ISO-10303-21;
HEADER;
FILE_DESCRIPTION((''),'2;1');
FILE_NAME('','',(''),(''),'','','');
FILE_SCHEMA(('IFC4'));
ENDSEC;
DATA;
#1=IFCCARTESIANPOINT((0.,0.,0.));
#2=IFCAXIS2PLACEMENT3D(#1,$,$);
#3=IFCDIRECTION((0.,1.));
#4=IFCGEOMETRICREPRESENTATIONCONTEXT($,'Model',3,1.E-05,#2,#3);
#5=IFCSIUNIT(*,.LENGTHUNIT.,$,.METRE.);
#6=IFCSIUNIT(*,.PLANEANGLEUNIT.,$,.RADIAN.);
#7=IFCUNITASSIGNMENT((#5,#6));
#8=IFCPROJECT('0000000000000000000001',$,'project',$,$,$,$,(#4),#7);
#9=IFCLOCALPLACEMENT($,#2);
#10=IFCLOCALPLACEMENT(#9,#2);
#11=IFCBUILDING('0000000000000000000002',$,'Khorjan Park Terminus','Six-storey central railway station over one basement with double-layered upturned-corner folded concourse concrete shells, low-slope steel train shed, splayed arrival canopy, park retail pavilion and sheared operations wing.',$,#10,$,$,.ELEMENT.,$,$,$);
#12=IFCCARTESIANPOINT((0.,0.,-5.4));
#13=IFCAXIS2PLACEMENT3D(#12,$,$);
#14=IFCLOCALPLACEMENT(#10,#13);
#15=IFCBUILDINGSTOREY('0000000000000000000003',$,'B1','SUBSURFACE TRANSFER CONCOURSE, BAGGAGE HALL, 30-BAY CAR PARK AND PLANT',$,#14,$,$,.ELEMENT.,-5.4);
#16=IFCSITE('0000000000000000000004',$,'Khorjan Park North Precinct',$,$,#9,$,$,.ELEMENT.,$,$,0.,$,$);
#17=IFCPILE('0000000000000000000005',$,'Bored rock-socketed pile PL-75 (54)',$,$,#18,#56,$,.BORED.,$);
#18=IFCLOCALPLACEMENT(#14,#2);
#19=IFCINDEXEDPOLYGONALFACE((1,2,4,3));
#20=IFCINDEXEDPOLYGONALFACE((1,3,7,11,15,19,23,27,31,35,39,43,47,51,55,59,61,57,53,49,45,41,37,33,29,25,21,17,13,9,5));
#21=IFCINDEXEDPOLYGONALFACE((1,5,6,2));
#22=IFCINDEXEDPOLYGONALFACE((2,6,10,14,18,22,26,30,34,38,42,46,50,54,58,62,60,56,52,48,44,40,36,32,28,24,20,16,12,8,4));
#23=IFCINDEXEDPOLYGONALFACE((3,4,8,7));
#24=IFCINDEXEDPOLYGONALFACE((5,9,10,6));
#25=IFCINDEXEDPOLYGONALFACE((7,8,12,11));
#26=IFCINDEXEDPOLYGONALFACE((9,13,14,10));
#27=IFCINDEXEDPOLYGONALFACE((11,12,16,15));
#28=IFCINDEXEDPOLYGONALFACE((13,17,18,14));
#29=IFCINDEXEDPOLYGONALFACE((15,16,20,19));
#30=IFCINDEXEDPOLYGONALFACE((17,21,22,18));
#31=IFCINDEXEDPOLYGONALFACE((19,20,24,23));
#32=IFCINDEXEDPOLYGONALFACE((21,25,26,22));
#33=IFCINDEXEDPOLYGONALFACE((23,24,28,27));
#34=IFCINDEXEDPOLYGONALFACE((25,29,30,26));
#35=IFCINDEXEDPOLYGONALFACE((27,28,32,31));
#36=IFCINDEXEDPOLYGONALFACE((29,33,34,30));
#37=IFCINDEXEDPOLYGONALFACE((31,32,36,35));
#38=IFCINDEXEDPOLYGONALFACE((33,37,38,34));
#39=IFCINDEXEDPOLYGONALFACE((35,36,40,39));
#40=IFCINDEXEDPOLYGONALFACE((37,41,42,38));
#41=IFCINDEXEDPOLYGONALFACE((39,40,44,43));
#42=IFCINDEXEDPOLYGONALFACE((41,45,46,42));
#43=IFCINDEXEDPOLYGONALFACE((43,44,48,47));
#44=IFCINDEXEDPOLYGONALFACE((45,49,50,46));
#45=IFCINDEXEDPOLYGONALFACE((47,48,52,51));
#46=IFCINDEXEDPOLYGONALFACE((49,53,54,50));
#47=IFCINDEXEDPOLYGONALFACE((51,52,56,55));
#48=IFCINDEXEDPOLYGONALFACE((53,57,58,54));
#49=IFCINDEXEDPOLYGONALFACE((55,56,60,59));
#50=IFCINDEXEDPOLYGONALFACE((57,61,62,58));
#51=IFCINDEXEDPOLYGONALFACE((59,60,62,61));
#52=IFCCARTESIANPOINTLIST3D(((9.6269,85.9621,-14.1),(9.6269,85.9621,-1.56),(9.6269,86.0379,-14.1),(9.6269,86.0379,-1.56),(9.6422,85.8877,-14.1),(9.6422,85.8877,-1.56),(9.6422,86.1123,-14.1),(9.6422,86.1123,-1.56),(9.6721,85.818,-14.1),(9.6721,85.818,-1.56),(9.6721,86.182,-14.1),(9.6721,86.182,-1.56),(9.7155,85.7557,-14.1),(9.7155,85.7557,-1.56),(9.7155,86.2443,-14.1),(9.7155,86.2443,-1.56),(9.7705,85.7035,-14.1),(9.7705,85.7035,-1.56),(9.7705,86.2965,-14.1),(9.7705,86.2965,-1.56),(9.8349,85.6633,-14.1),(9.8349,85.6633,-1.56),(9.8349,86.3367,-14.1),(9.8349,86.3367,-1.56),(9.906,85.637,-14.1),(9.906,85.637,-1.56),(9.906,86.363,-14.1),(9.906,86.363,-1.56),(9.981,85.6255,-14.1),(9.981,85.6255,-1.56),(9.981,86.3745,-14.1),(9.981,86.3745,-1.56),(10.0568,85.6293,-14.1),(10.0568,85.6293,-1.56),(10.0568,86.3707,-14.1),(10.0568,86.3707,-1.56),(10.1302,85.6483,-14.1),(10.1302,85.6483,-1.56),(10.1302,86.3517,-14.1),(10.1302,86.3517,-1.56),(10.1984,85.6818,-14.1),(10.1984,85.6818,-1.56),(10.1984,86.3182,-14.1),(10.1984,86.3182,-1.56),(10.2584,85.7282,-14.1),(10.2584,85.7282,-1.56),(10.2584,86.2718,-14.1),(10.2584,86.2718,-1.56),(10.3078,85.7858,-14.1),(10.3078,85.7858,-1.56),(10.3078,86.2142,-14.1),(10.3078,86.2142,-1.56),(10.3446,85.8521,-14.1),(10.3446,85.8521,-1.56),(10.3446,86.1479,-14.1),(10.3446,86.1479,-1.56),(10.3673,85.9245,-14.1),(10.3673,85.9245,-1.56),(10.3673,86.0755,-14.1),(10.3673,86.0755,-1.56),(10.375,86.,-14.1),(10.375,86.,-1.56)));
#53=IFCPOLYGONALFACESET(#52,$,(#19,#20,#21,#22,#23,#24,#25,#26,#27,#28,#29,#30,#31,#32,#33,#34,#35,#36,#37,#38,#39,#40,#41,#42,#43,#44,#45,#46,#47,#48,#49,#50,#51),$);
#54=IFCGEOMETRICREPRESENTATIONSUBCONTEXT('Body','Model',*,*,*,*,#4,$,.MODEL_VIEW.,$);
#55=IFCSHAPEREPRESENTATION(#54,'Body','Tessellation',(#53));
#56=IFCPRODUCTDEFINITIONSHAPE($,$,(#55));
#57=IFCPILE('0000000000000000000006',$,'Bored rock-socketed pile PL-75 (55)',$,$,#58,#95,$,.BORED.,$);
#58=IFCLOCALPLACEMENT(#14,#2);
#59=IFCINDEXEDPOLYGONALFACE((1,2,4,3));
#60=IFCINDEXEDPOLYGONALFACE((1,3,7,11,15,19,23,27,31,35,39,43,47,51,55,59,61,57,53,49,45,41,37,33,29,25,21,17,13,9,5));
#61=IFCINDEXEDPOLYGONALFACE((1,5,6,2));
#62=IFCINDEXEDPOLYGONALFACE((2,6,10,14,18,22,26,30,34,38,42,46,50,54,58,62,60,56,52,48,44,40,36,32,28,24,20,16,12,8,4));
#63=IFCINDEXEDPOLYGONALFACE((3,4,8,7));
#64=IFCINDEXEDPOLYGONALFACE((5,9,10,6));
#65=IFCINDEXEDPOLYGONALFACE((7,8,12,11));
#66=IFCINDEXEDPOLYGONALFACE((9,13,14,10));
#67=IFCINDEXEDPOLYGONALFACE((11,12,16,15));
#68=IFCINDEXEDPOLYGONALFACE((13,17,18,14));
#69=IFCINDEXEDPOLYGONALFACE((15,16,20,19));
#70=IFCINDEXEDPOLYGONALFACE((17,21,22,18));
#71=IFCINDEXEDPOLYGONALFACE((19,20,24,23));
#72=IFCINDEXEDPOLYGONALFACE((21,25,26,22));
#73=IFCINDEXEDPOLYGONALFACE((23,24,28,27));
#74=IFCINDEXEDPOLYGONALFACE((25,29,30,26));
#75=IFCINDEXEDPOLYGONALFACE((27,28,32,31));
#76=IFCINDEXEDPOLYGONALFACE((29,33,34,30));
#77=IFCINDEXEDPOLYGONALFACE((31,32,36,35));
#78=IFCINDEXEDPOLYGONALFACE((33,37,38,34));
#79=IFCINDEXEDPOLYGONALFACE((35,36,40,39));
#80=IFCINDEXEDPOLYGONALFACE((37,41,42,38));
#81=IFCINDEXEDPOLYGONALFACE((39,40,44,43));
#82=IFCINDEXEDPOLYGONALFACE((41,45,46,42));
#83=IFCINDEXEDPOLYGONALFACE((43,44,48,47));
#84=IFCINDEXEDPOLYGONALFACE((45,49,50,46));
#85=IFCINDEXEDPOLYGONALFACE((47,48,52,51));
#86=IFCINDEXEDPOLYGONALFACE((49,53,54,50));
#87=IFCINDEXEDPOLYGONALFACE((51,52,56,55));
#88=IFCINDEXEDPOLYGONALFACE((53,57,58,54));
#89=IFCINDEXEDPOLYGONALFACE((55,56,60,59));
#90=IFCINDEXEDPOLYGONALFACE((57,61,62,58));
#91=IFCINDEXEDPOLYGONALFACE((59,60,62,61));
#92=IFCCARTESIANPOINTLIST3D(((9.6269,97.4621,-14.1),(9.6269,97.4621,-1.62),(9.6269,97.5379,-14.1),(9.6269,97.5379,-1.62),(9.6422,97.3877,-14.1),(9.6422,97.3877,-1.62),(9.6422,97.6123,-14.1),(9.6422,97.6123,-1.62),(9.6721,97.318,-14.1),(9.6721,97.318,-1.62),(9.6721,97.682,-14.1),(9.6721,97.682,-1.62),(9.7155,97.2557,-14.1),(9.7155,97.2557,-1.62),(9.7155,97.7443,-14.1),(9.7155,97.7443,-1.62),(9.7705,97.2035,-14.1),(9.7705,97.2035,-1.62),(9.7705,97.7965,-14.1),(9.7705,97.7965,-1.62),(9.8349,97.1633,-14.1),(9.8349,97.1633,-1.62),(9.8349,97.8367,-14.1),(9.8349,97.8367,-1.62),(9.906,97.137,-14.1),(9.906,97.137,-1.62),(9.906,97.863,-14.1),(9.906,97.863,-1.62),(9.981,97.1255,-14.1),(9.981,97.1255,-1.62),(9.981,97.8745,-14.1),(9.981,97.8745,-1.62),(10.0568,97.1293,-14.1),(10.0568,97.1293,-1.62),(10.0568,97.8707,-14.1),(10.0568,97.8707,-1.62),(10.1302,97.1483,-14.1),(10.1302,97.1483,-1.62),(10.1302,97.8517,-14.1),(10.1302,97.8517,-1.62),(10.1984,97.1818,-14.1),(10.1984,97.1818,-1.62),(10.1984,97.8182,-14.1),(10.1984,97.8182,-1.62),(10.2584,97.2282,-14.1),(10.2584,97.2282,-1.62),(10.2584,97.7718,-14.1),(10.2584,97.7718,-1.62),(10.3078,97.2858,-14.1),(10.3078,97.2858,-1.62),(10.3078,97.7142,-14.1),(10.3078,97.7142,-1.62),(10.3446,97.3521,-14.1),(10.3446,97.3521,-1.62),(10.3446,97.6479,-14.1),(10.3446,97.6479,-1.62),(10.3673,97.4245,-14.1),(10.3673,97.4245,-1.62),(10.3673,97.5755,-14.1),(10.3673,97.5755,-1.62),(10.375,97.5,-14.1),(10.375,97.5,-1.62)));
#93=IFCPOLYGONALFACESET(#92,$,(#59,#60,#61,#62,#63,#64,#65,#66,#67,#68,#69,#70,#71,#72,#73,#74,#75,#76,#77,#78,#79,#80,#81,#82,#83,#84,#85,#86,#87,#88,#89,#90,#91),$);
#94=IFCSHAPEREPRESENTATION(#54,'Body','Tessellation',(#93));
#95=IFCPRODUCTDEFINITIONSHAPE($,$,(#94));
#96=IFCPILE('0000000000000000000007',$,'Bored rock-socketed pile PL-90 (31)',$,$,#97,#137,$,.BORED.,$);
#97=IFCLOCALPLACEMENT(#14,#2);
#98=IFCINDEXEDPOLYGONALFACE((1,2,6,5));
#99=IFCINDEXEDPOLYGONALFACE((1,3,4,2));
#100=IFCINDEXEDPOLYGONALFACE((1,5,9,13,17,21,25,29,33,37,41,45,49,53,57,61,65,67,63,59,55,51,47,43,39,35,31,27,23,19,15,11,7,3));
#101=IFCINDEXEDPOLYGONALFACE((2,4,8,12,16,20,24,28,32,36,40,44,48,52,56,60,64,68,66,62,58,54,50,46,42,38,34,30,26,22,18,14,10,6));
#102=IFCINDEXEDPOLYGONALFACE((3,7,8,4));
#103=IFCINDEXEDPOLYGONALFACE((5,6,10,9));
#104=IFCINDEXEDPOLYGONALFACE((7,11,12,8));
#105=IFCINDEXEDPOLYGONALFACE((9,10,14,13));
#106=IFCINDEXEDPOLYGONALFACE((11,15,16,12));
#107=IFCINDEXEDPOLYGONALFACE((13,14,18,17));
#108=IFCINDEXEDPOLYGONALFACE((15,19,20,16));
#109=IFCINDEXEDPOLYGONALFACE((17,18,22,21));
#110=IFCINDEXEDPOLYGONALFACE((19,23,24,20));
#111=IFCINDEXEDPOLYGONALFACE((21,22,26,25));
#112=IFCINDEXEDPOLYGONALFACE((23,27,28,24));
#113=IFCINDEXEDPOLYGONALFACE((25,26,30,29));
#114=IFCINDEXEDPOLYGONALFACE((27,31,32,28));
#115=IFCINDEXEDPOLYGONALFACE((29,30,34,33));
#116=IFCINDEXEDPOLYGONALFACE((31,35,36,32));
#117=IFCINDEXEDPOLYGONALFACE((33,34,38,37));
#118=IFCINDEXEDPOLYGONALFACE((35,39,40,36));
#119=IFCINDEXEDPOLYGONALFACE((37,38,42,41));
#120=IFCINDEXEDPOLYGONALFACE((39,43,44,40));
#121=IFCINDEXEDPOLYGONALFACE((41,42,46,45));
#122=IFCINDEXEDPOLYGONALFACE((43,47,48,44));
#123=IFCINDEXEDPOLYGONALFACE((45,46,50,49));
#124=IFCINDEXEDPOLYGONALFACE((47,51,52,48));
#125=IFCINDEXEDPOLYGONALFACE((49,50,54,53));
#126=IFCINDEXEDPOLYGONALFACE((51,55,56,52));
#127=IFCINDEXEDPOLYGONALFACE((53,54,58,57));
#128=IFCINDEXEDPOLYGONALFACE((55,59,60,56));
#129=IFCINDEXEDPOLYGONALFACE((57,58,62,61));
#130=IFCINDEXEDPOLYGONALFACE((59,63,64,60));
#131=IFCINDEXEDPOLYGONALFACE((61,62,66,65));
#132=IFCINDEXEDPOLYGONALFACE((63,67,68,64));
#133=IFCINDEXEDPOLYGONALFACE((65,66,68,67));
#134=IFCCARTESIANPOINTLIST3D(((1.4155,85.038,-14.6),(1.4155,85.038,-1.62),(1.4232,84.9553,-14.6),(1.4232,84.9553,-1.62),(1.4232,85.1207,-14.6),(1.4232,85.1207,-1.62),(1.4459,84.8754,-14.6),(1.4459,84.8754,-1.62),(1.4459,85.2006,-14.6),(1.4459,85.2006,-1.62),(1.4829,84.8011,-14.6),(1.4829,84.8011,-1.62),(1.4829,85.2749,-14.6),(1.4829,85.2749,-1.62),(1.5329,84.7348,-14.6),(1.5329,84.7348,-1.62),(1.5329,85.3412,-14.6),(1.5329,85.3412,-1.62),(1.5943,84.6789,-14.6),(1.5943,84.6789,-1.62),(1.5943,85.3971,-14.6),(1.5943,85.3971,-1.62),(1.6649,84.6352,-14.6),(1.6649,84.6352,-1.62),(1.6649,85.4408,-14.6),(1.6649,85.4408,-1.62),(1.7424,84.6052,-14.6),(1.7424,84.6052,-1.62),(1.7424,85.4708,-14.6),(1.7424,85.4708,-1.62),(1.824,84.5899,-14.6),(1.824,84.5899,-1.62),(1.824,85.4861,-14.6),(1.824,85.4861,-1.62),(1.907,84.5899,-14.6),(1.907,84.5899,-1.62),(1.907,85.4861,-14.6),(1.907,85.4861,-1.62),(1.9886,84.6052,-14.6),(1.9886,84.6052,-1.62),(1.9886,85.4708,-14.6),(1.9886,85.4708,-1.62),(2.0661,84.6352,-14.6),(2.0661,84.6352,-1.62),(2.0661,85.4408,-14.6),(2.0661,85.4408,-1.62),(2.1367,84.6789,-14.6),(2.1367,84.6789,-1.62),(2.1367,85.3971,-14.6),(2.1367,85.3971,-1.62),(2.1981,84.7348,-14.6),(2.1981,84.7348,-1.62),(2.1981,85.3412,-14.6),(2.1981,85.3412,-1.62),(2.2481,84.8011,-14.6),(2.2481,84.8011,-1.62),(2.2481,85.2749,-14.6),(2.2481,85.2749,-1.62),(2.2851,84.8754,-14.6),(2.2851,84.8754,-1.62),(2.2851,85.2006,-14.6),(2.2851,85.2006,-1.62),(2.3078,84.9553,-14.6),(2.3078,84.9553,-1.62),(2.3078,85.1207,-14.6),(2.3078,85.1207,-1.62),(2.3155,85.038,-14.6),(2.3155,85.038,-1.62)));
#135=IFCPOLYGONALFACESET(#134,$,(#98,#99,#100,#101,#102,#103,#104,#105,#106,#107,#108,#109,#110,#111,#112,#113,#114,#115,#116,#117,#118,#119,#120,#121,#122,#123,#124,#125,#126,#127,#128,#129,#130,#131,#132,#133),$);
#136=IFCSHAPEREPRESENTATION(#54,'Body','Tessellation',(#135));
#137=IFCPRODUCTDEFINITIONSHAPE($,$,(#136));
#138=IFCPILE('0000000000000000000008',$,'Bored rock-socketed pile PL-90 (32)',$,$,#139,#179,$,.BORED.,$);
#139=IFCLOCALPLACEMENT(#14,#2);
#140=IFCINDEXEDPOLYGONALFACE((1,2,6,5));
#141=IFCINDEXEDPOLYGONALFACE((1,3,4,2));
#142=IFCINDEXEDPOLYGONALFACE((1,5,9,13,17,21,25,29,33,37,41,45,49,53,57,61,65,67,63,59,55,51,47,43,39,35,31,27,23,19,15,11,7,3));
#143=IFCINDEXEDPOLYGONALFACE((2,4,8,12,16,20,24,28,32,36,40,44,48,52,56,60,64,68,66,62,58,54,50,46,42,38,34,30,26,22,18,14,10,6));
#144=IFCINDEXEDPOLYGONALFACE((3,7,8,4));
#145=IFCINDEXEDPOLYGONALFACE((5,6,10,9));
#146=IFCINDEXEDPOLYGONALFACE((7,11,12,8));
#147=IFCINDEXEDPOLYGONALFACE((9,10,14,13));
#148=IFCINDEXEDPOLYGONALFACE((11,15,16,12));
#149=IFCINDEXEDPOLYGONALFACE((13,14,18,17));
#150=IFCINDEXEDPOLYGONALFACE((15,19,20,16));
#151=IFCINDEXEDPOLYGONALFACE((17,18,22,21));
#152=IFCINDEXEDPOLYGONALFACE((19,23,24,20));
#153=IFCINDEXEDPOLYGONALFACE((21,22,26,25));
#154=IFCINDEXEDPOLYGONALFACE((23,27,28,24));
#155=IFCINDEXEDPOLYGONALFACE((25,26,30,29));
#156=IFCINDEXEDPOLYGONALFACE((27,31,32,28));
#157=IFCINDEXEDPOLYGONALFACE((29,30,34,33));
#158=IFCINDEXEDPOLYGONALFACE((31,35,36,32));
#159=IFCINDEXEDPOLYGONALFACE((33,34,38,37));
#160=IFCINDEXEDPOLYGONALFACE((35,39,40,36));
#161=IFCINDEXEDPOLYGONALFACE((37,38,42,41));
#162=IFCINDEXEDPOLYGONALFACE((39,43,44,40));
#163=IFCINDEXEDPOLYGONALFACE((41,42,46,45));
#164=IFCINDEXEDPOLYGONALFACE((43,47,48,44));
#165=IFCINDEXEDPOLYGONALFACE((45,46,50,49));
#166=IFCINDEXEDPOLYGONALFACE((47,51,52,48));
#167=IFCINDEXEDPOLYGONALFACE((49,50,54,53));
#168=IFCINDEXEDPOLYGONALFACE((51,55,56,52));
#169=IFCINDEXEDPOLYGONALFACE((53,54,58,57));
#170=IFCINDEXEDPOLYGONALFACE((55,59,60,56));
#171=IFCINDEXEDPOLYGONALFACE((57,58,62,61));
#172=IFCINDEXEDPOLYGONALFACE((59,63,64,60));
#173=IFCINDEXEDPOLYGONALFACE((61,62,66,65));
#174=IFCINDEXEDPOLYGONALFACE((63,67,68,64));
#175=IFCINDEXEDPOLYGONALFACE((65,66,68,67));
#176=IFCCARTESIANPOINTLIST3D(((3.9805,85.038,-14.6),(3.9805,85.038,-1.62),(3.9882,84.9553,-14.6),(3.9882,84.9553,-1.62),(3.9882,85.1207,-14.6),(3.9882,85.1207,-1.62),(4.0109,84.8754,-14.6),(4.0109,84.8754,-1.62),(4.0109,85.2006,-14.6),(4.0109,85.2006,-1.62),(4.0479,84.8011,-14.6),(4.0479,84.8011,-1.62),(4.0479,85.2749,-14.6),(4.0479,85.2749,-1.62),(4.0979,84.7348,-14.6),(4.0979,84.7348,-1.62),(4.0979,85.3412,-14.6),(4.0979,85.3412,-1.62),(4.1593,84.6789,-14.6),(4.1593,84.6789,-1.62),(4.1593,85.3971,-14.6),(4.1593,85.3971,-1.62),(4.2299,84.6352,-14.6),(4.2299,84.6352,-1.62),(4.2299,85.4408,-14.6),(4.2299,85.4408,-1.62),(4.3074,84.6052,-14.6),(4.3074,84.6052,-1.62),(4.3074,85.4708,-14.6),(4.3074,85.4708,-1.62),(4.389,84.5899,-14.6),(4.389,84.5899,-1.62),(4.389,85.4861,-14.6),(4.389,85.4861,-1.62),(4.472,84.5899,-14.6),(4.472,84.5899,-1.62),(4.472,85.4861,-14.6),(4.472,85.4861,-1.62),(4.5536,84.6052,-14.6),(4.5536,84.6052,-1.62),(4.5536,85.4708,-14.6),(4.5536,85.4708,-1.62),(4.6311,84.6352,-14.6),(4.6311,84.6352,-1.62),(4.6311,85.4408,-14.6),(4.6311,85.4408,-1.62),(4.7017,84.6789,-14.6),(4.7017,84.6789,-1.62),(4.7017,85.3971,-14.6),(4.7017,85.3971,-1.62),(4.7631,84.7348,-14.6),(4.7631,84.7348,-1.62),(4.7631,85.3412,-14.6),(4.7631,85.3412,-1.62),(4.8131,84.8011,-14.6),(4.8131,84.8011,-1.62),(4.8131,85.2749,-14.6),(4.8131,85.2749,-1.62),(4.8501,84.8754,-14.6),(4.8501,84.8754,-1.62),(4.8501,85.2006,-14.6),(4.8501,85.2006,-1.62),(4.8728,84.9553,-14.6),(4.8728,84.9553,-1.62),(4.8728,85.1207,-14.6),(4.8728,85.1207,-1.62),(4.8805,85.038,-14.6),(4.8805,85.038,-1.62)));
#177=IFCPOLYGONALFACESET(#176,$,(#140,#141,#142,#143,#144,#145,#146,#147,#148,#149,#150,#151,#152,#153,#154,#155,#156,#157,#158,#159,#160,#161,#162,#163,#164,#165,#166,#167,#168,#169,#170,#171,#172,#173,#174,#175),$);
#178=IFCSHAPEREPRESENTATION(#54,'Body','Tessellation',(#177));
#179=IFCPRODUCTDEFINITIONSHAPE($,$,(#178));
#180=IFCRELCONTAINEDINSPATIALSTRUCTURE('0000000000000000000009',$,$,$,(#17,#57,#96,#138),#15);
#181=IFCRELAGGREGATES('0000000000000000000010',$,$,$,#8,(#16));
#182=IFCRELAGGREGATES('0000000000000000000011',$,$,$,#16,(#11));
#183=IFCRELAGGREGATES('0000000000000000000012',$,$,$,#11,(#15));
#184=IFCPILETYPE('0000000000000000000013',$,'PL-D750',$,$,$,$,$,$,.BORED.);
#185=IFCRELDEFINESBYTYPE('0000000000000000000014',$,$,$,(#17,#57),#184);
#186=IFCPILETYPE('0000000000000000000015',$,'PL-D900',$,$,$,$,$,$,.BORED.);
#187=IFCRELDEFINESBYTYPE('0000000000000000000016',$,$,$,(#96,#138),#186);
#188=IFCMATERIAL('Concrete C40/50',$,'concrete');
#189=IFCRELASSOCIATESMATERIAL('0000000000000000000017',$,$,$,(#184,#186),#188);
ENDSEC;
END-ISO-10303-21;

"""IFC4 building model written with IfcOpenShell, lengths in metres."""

from ifc_helpers import new_model, si_unit, direction, frame, origin, origin_2d, place, context, subcontext, project, spatial, circle, extrude, material, material_profile, profile_set, type_object, element, save


model = new_model("IFC4")

# Units and contexts
model_context = context("Model", 3, precision=1e-05, world=origin(), true_north=direction((0.0, 1.0)))
body_context = subcontext(model_context, "Body", "Model", "MODEL_VIEW")
ifc_project = project(units=[si_unit("LENGTHUNIT", "METRE"), si_unit("PLANEANGLEUNIT", "RADIAN")], contexts=[model_context])

# Site, building, storey
site_placement = place(None, origin())
site = spatial("IfcSite", under=ifc_project, at=site_placement, Name="Khorjan Park North Precinct", CompositionType="ELEMENT", RefElevation=0.0)
building_placement = place(site_placement, origin())
building = spatial("IfcBuilding", under=site, at=building_placement, Name="Khorjan Park Terminus", Description="Six-storey central railway station over one basement with double-layered upturned-corner folded concourse concrete shells, low-slope steel train shed, splayed arrival canopy, park retail pavilion and sheared operations wing.", CompositionType="ELEMENT")
storey_placement = place(building_placement, frame((0.0, 0.0, -5.4)))
storey = spatial("IfcBuildingStorey", under=building, at=storey_placement, Name="B1", Description="SUBSURFACE TRANSFER CONCOURSE, BAGGAGE HALL, 30-BAY CAR PARK AND PLANT", CompositionType="ELEMENT", Elevation=-5.4)

# Shared definitions
ifc_material_1 = material(Name="Concrete C40/50", Category="concrete")

# Piles
ifc_material_profile_1 = material_profile(ifc_material_1, circle(Radius=0.375, at=origin_2d()), Name="BORED D750")
ifc_profile_set_1 = profile_set([ifc_material_profile_1], Name="Concrete C40/50")
pile_type_1 = type_object("IfcPileType", Name="PL-D750", PredefinedType="BORED", material=ifc_profile_set_1)
pile_1_placement = place(storey_placement, frame((10.0, 86.0, -1.56), z_axis=(0.0, 0.0, -1.0), x_axis=(1.0, 0.0, 0.0)))
element("IfcPile", 1, at=pile_1_placement, inside=storey, type_object=pile_type_1, Name="Bored rock-socketed pile PL-75 (54)", PredefinedType="BORED", context=body_context, shape_type="SweptSolid", body=[
    extrude(circle(Radius=0.375, at=origin_2d()), origin(), (0.0, 0.0, 1.0), 12.54),
])
pile_2_placement = place(storey_placement, frame((10.0, 97.5, -1.62), z_axis=(0.0, 0.0, -1.0), x_axis=(1.0, 0.0, 0.0)))
element("IfcPile", 2, at=pile_2_placement, inside=storey, type_object=pile_type_1, Name="Bored rock-socketed pile PL-75 (55)", PredefinedType="BORED", context=body_context, shape_type="SweptSolid", body=[
    extrude(circle(Radius=0.375, at=origin_2d()), origin(), (0.0, 0.0, 1.0), 12.48),
])
ifc_material_profile_2 = material_profile(ifc_material_1, circle(Radius=0.45, at=origin_2d()), Name="BORED D900")
ifc_profile_set_2 = profile_set([ifc_material_profile_2], Name="Concrete C40/50")
pile_type_2 = type_object("IfcPileType", Name="PL-D900", PredefinedType="BORED", material=ifc_profile_set_2)
for number, where, z_axis, x_axis, name in (
    (3, (1.8655, 85.038, -1.62), (0.0, 0.0, -1.0), (1.0, 0.0, 0.0), "Bored rock-socketed pile PL-90 (31)"),
    (4, (4.4305, 85.038, -1.62), (0.0, 0.0, -1.0), (1.0, 0.0, 0.0), "Bored rock-socketed pile PL-90 (32)"),
):
    element("IfcPile", number, at=place(storey_placement, frame(where, z_axis=z_axis, x_axis=x_axis)), inside=storey, type_object=pile_type_2, Name=name, PredefinedType="BORED", context=body_context, shape_type="SweptSolid", body=[
        extrude(circle(Radius=0.45, at=origin_2d()), origin(), (0.0, 0.0, 1.0), 12.98),
    ])

save(model, "model.ifc")
